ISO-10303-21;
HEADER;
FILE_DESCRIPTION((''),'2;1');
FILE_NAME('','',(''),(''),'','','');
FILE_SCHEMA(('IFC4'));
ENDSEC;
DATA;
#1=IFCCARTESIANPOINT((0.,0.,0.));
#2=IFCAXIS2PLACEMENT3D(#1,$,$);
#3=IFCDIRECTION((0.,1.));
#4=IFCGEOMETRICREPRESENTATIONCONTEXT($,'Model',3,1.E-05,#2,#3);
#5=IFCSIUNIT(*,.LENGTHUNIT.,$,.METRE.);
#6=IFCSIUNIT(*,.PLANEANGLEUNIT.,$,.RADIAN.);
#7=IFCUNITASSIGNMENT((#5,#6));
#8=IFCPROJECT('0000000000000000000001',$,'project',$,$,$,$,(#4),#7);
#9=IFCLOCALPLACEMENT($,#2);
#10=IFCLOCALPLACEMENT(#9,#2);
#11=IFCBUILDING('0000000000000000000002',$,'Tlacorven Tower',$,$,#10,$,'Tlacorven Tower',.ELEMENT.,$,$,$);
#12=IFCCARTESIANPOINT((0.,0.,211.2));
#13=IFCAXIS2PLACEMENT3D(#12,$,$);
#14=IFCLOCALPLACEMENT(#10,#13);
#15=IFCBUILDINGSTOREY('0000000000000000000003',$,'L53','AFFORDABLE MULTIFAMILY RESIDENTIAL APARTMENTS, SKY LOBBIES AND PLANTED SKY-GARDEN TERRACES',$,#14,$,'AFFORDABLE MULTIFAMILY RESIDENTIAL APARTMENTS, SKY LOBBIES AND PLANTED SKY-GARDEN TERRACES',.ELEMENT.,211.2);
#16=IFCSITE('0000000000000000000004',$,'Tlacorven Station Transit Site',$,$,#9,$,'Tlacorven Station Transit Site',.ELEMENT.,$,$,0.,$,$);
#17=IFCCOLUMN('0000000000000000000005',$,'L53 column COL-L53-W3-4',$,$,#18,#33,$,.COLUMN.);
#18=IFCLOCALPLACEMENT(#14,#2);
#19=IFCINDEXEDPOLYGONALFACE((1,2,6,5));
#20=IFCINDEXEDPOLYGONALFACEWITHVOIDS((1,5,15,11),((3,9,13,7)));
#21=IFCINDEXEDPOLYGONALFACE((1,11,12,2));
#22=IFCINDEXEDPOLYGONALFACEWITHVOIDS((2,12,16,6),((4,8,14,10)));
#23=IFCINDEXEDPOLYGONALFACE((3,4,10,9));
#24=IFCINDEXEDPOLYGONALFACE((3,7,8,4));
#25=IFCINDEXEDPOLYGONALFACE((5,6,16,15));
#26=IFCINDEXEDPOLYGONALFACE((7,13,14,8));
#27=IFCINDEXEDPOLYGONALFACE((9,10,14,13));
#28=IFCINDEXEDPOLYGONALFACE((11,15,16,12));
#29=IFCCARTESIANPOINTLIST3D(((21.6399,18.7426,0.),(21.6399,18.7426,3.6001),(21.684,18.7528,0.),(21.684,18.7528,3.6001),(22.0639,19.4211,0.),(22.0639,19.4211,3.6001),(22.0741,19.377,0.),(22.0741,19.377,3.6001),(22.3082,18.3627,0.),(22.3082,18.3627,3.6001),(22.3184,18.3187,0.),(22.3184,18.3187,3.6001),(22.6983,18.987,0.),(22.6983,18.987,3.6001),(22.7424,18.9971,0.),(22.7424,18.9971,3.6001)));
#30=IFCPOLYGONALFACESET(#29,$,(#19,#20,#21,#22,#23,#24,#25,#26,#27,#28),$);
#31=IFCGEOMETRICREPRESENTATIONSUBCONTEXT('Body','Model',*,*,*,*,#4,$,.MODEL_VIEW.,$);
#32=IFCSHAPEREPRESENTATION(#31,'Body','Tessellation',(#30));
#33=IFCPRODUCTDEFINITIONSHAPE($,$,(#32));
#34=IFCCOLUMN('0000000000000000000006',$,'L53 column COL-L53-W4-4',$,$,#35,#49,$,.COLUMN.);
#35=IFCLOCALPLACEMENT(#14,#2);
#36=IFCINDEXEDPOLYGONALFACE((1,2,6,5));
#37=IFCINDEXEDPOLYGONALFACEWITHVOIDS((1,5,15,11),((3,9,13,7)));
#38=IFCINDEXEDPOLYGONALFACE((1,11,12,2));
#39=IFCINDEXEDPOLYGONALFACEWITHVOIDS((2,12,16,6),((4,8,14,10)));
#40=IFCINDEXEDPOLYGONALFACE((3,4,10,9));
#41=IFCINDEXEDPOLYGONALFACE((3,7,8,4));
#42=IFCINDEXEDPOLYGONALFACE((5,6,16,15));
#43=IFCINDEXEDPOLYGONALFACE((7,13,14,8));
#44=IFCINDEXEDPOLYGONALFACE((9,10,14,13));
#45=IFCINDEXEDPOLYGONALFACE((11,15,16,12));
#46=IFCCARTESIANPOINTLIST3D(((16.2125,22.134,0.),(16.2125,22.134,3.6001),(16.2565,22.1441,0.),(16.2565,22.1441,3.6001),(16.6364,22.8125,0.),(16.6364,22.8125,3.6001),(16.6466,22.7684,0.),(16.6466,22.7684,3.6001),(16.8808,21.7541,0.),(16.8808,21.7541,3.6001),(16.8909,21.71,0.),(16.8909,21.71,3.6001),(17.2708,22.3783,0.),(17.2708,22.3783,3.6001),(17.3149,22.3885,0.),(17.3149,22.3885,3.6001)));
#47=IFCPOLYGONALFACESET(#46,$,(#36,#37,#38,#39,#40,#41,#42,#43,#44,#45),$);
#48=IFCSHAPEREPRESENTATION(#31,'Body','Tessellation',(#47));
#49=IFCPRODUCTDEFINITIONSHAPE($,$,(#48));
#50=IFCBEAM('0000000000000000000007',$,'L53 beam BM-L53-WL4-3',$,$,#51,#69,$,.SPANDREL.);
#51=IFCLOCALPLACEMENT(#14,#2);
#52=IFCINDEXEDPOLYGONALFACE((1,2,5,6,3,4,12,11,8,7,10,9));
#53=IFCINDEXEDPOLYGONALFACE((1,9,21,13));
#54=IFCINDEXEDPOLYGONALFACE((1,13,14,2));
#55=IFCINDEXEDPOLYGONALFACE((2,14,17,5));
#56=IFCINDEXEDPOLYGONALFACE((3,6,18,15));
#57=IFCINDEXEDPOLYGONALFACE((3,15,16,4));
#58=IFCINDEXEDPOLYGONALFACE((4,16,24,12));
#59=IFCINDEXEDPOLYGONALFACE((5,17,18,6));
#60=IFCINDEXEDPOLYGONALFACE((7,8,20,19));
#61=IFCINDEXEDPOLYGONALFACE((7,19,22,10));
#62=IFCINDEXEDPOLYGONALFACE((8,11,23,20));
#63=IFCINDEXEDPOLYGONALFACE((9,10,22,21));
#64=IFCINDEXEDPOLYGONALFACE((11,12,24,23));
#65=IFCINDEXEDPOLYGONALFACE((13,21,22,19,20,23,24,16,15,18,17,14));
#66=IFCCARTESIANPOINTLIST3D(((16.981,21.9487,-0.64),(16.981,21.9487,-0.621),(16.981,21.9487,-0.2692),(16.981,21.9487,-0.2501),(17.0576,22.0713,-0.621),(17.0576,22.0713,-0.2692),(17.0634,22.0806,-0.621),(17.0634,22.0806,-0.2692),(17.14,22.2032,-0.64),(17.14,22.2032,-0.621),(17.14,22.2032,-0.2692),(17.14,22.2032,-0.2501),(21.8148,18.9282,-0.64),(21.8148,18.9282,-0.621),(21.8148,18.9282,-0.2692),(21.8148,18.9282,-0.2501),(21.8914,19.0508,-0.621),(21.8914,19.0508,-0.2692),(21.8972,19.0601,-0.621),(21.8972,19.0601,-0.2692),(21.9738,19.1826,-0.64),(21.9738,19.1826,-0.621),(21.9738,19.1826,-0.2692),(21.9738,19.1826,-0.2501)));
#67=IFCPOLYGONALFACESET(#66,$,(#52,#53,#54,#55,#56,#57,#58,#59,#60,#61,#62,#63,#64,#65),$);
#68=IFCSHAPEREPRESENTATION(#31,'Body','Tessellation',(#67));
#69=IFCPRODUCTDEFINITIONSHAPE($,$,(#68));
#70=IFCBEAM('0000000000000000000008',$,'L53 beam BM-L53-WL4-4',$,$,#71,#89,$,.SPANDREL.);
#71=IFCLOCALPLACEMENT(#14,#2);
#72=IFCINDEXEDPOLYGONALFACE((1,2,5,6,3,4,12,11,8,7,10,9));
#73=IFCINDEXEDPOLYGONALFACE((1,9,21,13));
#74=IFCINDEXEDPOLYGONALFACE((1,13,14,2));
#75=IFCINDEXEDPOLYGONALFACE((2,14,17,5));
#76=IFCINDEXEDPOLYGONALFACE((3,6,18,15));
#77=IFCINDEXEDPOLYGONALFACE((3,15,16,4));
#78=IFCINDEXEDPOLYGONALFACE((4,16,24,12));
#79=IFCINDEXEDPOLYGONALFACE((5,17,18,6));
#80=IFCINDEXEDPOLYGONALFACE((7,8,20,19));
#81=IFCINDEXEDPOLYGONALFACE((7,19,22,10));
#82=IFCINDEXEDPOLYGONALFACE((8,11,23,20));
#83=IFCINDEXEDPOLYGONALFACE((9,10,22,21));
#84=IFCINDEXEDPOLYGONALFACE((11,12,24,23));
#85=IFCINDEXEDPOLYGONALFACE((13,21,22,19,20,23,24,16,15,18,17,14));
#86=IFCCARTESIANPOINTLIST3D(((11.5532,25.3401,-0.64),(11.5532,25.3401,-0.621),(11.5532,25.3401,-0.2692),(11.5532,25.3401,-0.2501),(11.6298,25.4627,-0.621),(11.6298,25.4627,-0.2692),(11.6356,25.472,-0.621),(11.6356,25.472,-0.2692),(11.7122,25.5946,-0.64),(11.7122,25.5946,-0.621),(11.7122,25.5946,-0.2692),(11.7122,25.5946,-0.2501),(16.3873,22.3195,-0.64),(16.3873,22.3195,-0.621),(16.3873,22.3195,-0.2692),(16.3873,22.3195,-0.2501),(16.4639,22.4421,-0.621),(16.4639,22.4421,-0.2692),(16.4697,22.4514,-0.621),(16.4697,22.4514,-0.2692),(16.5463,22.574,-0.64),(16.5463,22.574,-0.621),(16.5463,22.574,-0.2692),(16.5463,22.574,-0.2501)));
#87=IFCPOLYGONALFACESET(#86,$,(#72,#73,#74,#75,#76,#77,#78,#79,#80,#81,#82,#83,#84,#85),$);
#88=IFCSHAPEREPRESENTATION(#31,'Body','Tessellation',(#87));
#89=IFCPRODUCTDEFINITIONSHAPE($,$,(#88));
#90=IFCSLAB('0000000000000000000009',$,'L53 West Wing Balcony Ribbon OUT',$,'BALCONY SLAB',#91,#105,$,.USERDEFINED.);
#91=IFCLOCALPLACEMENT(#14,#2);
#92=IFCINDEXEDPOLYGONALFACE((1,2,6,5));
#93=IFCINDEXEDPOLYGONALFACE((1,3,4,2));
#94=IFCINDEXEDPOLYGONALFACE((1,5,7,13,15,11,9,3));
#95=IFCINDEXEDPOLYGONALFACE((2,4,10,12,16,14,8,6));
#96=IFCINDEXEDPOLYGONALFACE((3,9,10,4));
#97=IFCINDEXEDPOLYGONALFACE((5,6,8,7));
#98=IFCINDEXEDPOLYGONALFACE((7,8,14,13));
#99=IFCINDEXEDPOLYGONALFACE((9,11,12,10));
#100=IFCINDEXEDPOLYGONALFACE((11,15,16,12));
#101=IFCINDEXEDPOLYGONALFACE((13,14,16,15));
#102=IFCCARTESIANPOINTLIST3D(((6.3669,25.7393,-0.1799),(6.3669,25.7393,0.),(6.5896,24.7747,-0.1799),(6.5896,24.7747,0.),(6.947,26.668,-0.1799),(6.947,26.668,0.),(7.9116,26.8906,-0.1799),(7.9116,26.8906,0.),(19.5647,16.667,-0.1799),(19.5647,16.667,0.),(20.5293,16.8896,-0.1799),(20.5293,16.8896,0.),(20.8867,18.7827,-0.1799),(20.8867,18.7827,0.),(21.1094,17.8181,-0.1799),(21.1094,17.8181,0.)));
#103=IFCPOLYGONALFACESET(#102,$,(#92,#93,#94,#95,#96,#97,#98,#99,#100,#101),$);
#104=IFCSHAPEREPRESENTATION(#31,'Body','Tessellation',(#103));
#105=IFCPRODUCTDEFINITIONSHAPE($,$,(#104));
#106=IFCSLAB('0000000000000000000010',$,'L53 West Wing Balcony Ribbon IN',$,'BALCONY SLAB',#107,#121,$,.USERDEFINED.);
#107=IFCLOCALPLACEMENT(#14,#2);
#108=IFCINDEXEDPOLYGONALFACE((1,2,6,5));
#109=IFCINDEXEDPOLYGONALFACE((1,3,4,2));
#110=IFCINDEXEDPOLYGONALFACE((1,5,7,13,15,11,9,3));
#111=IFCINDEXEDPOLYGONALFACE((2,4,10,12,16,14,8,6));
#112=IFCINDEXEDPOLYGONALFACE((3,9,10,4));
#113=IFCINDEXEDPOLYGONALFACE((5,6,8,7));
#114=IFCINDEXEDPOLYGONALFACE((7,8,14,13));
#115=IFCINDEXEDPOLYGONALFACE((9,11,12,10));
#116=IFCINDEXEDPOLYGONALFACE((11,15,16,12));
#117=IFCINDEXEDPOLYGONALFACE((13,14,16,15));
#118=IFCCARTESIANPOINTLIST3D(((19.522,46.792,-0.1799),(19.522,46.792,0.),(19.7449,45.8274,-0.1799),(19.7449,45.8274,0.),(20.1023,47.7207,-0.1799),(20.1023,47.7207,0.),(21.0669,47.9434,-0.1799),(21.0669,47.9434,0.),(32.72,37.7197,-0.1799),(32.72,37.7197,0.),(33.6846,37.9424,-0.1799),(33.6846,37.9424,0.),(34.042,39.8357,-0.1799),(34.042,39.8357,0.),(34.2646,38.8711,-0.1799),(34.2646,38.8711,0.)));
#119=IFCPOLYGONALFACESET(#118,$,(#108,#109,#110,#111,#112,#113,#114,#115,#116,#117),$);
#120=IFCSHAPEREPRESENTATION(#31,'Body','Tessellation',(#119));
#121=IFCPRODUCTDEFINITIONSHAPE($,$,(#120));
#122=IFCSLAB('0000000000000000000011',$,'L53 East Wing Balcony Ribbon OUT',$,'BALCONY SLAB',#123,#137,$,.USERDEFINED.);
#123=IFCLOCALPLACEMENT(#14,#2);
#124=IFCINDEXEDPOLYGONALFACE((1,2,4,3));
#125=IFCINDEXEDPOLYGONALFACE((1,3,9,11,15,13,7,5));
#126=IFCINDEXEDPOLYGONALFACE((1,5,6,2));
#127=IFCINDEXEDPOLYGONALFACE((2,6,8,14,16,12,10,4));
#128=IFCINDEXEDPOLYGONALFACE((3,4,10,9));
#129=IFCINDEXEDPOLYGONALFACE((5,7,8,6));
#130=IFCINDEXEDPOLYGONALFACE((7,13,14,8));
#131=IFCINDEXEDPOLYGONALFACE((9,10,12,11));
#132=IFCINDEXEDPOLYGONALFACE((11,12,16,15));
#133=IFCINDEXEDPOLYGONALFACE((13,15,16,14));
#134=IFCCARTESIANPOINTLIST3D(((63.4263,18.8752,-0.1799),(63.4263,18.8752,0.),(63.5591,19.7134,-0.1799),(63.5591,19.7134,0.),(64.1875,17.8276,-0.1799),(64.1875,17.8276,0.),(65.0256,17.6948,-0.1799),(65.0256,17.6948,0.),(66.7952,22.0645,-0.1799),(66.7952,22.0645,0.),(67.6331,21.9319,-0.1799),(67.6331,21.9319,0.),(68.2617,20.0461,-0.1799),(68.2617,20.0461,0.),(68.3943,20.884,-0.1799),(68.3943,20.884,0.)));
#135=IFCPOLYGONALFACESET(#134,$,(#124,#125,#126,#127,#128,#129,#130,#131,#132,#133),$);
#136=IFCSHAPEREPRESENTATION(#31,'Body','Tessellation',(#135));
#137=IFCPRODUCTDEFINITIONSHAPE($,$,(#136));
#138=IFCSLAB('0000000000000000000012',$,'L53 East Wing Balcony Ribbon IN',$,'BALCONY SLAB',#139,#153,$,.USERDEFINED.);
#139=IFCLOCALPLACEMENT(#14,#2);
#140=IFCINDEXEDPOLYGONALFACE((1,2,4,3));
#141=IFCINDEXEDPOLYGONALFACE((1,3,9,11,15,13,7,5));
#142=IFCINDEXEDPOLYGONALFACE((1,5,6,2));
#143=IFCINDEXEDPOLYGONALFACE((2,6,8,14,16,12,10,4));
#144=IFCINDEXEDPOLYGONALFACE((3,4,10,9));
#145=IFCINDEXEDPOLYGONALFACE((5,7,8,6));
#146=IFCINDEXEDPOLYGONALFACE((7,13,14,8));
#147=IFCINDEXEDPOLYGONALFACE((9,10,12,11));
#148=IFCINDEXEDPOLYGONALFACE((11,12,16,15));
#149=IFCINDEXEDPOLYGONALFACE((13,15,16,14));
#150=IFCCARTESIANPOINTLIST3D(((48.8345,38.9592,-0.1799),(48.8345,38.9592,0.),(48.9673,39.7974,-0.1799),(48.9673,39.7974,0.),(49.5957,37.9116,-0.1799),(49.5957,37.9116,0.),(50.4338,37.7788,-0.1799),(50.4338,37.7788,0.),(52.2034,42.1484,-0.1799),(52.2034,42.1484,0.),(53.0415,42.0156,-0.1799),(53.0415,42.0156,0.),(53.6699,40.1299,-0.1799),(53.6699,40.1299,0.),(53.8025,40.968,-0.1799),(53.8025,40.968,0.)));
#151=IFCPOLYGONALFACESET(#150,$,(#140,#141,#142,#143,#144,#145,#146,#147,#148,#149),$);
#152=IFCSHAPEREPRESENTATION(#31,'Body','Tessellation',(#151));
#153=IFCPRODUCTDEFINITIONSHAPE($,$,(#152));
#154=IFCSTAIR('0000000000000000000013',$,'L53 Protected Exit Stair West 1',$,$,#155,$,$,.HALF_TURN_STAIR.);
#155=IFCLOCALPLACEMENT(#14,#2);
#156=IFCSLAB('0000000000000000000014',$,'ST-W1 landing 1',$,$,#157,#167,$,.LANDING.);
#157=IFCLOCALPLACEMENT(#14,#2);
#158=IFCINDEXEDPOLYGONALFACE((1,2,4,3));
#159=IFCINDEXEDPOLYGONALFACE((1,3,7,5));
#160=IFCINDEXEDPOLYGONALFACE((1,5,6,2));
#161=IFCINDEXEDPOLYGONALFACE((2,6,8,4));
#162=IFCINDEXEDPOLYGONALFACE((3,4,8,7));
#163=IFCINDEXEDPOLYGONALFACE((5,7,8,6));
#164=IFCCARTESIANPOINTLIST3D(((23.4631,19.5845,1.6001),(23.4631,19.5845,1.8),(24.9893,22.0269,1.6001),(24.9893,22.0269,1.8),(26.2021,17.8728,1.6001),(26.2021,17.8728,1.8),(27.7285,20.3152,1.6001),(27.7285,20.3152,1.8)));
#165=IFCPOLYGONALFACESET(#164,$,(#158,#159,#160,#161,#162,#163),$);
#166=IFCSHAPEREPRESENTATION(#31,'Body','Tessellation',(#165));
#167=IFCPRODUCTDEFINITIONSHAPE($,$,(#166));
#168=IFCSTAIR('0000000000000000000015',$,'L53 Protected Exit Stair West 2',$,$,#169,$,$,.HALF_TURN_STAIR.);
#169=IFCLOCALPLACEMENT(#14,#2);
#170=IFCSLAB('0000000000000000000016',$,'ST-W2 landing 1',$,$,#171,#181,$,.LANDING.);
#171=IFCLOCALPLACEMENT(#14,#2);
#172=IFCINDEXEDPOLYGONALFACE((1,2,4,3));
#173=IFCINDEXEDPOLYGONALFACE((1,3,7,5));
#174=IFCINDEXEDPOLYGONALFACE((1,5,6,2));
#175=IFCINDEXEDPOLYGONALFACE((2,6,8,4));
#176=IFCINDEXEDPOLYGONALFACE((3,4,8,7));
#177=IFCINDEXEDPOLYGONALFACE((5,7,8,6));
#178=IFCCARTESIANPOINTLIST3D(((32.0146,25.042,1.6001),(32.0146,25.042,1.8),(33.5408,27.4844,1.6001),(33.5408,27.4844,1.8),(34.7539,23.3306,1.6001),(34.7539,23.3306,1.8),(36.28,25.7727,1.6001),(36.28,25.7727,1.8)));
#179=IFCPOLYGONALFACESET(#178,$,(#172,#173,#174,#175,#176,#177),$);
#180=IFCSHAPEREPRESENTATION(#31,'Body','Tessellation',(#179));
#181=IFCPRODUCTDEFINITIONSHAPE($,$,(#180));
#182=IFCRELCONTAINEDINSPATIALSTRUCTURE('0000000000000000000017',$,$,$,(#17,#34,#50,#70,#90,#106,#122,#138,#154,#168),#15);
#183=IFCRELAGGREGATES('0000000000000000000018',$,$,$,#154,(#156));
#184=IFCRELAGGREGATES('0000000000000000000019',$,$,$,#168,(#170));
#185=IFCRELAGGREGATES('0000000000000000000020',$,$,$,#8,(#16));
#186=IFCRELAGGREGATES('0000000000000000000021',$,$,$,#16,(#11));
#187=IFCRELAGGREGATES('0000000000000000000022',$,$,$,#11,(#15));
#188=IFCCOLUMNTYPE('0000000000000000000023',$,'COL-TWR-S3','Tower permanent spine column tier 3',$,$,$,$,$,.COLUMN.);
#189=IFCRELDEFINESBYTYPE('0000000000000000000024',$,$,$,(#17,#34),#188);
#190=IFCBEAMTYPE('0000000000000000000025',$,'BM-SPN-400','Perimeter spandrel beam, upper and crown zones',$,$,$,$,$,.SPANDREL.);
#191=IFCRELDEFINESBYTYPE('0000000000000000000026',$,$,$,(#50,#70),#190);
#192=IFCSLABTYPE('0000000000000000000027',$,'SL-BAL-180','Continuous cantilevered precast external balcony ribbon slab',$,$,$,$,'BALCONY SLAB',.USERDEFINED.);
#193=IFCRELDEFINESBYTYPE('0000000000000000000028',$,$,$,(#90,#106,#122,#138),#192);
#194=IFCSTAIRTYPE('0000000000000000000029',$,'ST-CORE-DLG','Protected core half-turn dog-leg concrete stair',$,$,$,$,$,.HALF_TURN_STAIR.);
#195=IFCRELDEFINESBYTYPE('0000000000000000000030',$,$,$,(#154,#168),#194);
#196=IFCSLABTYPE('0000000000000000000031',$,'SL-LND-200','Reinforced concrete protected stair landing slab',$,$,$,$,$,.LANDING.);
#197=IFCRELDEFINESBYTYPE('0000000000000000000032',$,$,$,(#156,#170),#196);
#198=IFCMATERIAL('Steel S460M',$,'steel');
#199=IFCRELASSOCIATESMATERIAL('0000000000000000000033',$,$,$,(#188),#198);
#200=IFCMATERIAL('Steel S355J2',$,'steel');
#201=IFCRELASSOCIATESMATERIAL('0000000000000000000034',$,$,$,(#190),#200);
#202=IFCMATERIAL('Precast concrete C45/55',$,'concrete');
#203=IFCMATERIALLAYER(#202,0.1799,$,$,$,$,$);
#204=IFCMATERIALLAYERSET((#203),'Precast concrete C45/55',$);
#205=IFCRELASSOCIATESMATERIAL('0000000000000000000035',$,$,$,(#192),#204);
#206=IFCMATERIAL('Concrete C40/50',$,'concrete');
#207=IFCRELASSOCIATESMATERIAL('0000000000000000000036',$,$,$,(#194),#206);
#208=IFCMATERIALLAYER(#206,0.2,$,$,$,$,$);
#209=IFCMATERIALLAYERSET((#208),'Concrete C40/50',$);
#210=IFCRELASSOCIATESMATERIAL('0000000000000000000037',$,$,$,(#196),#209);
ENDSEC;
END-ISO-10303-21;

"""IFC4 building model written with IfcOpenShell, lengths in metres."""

from ifc_helpers import new_model, si_unit, direction, frame, origin, origin_2d, place, context, subcontext, project, spatial, polyline, hollow_rectangle, i_section, outline, extrude, source, transform, mapped, material, layer, layer_set, material_profile, profile_set, type_object, element, aggregate, save


model = new_model("IFC4")

# Units and contexts
model_context = context("Model", 3, precision=1e-05, world=origin(), true_north=direction((0.0, 1.0)))
body_context = subcontext(model_context, "Body", "Model", "MODEL_VIEW")
ifc_project = project(units=[si_unit("LENGTHUNIT", "METRE"), si_unit("PLANEANGLEUNIT", "RADIAN")], contexts=[model_context])

# Site, building, storey
site_placement = place(None, origin())
site = spatial("IfcSite", under=ifc_project, at=site_placement, Name="Tlacorven Station Transit Site", LongName="Tlacorven Station Transit Site", CompositionType="ELEMENT", RefElevation=0.0)
building_placement = place(site_placement, origin())
building = spatial("IfcBuilding", under=site, at=building_placement, Name="Tlacorven Tower", LongName="Tlacorven Tower", CompositionType="ELEMENT")
storey_placement = place(building_placement, frame((0.0, 0.0, 211.2)))
storey = spatial("IfcBuildingStorey", under=building, at=storey_placement, Name="L53", Description="AFFORDABLE MULTIFAMILY RESIDENTIAL APARTMENTS, SKY LOBBIES AND PLANTED SKY-GARDEN TERRACES", LongName="AFFORDABLE MULTIFAMILY RESIDENTIAL APARTMENTS, SKY LOBBIES AND PLANTED SKY-GARDEN TERRACES", CompositionType="ELEMENT", Elevation=211.2)

# Columns
ifc_material_1 = material(Name="Steel S460M", Category="steel")
ifc_material_profile_1 = material_profile(ifc_material_1, hollow_rectangle(XDim=0.8, YDim=0.8, WallThickness=0.032, at=origin_2d()), Name="BOX 800X800X32")
ifc_profile_set_1 = profile_set([ifc_material_profile_1], Name="Steel S460M")
column_type = type_object("IfcColumnType", Name="COL-TWR-S3", Description="Tower permanent spine column tier 3", PredefinedType="COLUMN", material=ifc_profile_set_1)
shared_shape_1 = source(origin(), body_context, "Body", "SweptSolid", [
    extrude(hollow_rectangle(XDim=0.8, YDim=0.8, WallThickness=0.032, at=origin_2d()), origin(), (0.0, 0.0, 1.0), 3.6001),
])
for number, where, z_axis, x_axis, name in (
    (1, (22.1912, 18.8699, 0.0), (0.0, 0.0, 1.0), (-0.848048, 0.529919, 0.0), "L53 column COL-L53-W3-4"),
    (2, (16.7637, 22.2612, 0.0), (0.0, 0.0, 1.0), (-0.848048, 0.529919, 0.0), "L53 column COL-L53-W4-4"),
):
    element("IfcColumn", number, at=place(storey_placement, frame(where, z_axis=z_axis, x_axis=x_axis)), inside=storey, type_object=column_type, Name=name, PredefinedType="COLUMN", context=body_context, shape_type="MappedRepresentation", body=[
        mapped(shared_shape_1, transform((0.0, 0.0, 0.0), scale=1.0)),
    ])

# Beams
ifc_material_2 = material(Name="Steel S355J2", Category="steel")
ifc_material_profile_2 = material_profile(ifc_material_2, i_section(OverallWidth=0.3, OverallDepth=0.3899, WebThickness=0.011, FlangeThickness=0.019, at=origin_2d()), Name="HEA 400")
ifc_profile_set_2 = profile_set([ifc_material_profile_2], Name="Steel S355J2")
beam_type = type_object("IfcBeamType", Name="BM-SPN-400", Description="Perimeter spandrel beam, upper and crown zones", PredefinedType="SPANDREL", material=ifc_profile_set_2)
shared_shape_2 = source(origin(), body_context, "Body", "SweptSolid", [
    extrude(i_section(OverallWidth=0.3, OverallDepth=0.3899, WebThickness=0.011, FlangeThickness=0.019, at=origin_2d()), origin(), (0.0, 0.0, 1.0), 5.7),
])
beam_1_placement = place(storey_placement, frame((21.8943, 19.0554, -0.4451), z_axis=(-0.848044, 0.529926, 0.0), x_axis=(-0.529926, -0.848044, 0.0)))
element("IfcBeam", 3, at=beam_1_placement, inside=storey, type_object=beam_type, Name="L53 beam BM-L53-WL4-3", PredefinedType="SPANDREL", context=body_context, shape_type="MappedRepresentation", body=[
    mapped(shared_shape_2, transform((0.0, 0.0, 0.0), scale=1.0)),
])
shared_shape_3 = source(origin(), body_context, "Body", "SweptSolid", [
    extrude(i_section(OverallWidth=0.3, OverallDepth=0.3899, WebThickness=0.011, FlangeThickness=0.019, at=origin_2d()), origin(), (0.0, 0.0, 1.0), 5.7002),
])
beam_2_placement = place(storey_placement, frame((16.4668, 22.4468, -0.4451), z_axis=(-0.848056, 0.529907, 0.0), x_axis=(-0.529907, -0.848056, 0.0)))
element("IfcBeam", 4, at=beam_2_placement, inside=storey, type_object=beam_type, Name="L53 beam BM-L53-WL4-4", PredefinedType="SPANDREL", context=body_context, shape_type="MappedRepresentation", body=[
    mapped(shared_shape_3, transform((0.0, 0.0, 0.0), scale=1.0)),
])

# Slabs
ifc_material_3 = material(Name="Precast concrete C45/55", Category="concrete")
ifc_layer_1 = layer(ifc_material_3, 0.1799)
ifc_layer_set_1 = layer_set([ifc_layer_1], Name="Precast concrete C45/55")
slab_type_1 = type_object("IfcSlabType", Name="SL-BAL-180", Description="Continuous cantilevered precast external balcony ribbon slab", ElementType="BALCONY SLAB", PredefinedType="USERDEFINED", material=ifc_layer_set_1)
slab_1_placement = place(storey_placement, frame((0.0, 0.0, -0.1799)))
element("IfcSlab", 5, at=slab_1_placement, inside=storey, type_object=slab_type_1, Name="L53 West Wing Balcony Ribbon OUT", ObjectType="BALCONY SLAB", PredefinedType="USERDEFINED", context=body_context, shape_type="SweptSolid", body=[
    extrude(outline(polyline([(20.8867, 18.7827), (7.9116, 26.8906), (6.947, 26.668), (6.3669, 25.7393), (6.5896, 24.7747), (19.5647, 16.667), (20.5293, 16.8896), (21.1094, 17.8181), (20.8867, 18.7827)])), origin(), (0.0, 0.0, 1.0), 0.1799),
])
slab_2_placement = place(storey_placement, frame((0.0, 0.0, -0.1799)))
element("IfcSlab", 6, at=slab_2_placement, inside=storey, type_object=slab_type_1, Name="L53 West Wing Balcony Ribbon IN", ObjectType="BALCONY SLAB", PredefinedType="USERDEFINED", context=body_context, shape_type="SweptSolid", body=[
    extrude(outline(polyline([(34.042, 39.8357), (21.0669, 47.9434), (20.1023, 47.7207), (19.522, 46.792), (19.7449, 45.8274), (32.72, 37.7197), (33.6846, 37.9424), (34.2646, 38.8711), (34.042, 39.8357)])), origin(), (0.0, 0.0, 1.0), 0.1799),
])
slab_3_placement = place(storey_placement, frame((0.0, 0.0, -0.1799)))
element("IfcSlab", 7, at=slab_3_placement, inside=storey, type_object=slab_type_1, Name="L53 East Wing Balcony Ribbon OUT", ObjectType="BALCONY SLAB", PredefinedType="USERDEFINED", context=body_context, shape_type="SweptSolid", body=[
    extrude(outline(polyline([(65.0256, 17.6948), (68.2617, 20.0461), (68.3943, 20.884), (67.6331, 21.9319), (66.7952, 22.0645), (63.5591, 19.7134), (63.4263, 18.8752), (64.1875, 17.8276), (65.0256, 17.6948)])), origin(), (0.0, 0.0, 1.0), 0.1799),
])
slab_4_placement = place(storey_placement, frame((0.0, 0.0, -0.1799)))
element("IfcSlab", 8, at=slab_4_placement, inside=storey, type_object=slab_type_1, Name="L53 East Wing Balcony Ribbon IN", ObjectType="BALCONY SLAB", PredefinedType="USERDEFINED", context=body_context, shape_type="SweptSolid", body=[
    extrude(outline(polyline([(50.4338, 37.7788), (53.6699, 40.1299), (53.8025, 40.968), (53.0415, 42.0156), (52.2034, 42.1484), (48.9673, 39.7974), (48.8345, 38.9592), (49.5957, 37.9116), (50.4338, 37.7788)])), origin(), (0.0, 0.0, 1.0), 0.1799),
])

# Stairs, slabs
ifc_material_4 = material(Name="Concrete C40/50", Category="concrete")
stair_type = type_object("IfcStairType", Name="ST-CORE-DLG", Description="Protected core half-turn dog-leg concrete stair", PredefinedType="HALF_TURN_STAIR", material=ifc_material_4)
stair_1_placement = place(storey_placement, origin())
stair_1 = element("IfcStair", 9, at=stair_1_placement, inside=storey, type_object=stair_type, Name="L53 Protected Exit Stair West 1", PredefinedType="HALF_TURN_STAIR")
ifc_layer_2 = layer(ifc_material_4, 0.2)
ifc_layer_set_2 = layer_set([ifc_layer_2], Name="Concrete C40/50")
slab_type_2 = type_object("IfcSlabType", Name="SL-LND-200", Description="Reinforced concrete protected stair landing slab", PredefinedType="LANDING", material=ifc_layer_set_2)
slab_5_placement = place(storey_placement, frame((0.0, 0.0, 1.6001)))
slab_5 = element("IfcSlab", 10, at=slab_5_placement, type_object=slab_type_2, Name="ST-W1 landing 1", PredefinedType="LANDING", context=body_context, shape_type="SweptSolid", body=[
    extrude(outline(polyline([(27.7285, 20.3152), (24.9893, 22.0269), (23.4631, 19.5845), (26.2021, 17.8728), (27.7285, 20.3152)])), origin(), (0.0, 0.0, 1.0), 0.2),
])
aggregate(stair_1, [slab_5])
stair_2_placement = place(storey_placement, origin())
stair_2 = element("IfcStair", 11, at=stair_2_placement, inside=storey, type_object=stair_type, Name="L53 Protected Exit Stair West 2", PredefinedType="HALF_TURN_STAIR")
slab_6_placement = place(storey_placement, frame((0.0, 0.0, 1.6001)))
slab_6 = element("IfcSlab", 12, at=slab_6_placement, type_object=slab_type_2, Name="ST-W2 landing 1", PredefinedType="LANDING", context=body_context, shape_type="SweptSolid", body=[
    extrude(outline(polyline([(36.28, 25.7727), (33.5408, 27.4844), (32.0146, 25.042), (34.7539, 23.3306), (36.28, 25.7727)])), origin(), (0.0, 0.0, 1.0), 0.2),
])
aggregate(stair_2, [slab_6])

save(model, "model.ifc")
